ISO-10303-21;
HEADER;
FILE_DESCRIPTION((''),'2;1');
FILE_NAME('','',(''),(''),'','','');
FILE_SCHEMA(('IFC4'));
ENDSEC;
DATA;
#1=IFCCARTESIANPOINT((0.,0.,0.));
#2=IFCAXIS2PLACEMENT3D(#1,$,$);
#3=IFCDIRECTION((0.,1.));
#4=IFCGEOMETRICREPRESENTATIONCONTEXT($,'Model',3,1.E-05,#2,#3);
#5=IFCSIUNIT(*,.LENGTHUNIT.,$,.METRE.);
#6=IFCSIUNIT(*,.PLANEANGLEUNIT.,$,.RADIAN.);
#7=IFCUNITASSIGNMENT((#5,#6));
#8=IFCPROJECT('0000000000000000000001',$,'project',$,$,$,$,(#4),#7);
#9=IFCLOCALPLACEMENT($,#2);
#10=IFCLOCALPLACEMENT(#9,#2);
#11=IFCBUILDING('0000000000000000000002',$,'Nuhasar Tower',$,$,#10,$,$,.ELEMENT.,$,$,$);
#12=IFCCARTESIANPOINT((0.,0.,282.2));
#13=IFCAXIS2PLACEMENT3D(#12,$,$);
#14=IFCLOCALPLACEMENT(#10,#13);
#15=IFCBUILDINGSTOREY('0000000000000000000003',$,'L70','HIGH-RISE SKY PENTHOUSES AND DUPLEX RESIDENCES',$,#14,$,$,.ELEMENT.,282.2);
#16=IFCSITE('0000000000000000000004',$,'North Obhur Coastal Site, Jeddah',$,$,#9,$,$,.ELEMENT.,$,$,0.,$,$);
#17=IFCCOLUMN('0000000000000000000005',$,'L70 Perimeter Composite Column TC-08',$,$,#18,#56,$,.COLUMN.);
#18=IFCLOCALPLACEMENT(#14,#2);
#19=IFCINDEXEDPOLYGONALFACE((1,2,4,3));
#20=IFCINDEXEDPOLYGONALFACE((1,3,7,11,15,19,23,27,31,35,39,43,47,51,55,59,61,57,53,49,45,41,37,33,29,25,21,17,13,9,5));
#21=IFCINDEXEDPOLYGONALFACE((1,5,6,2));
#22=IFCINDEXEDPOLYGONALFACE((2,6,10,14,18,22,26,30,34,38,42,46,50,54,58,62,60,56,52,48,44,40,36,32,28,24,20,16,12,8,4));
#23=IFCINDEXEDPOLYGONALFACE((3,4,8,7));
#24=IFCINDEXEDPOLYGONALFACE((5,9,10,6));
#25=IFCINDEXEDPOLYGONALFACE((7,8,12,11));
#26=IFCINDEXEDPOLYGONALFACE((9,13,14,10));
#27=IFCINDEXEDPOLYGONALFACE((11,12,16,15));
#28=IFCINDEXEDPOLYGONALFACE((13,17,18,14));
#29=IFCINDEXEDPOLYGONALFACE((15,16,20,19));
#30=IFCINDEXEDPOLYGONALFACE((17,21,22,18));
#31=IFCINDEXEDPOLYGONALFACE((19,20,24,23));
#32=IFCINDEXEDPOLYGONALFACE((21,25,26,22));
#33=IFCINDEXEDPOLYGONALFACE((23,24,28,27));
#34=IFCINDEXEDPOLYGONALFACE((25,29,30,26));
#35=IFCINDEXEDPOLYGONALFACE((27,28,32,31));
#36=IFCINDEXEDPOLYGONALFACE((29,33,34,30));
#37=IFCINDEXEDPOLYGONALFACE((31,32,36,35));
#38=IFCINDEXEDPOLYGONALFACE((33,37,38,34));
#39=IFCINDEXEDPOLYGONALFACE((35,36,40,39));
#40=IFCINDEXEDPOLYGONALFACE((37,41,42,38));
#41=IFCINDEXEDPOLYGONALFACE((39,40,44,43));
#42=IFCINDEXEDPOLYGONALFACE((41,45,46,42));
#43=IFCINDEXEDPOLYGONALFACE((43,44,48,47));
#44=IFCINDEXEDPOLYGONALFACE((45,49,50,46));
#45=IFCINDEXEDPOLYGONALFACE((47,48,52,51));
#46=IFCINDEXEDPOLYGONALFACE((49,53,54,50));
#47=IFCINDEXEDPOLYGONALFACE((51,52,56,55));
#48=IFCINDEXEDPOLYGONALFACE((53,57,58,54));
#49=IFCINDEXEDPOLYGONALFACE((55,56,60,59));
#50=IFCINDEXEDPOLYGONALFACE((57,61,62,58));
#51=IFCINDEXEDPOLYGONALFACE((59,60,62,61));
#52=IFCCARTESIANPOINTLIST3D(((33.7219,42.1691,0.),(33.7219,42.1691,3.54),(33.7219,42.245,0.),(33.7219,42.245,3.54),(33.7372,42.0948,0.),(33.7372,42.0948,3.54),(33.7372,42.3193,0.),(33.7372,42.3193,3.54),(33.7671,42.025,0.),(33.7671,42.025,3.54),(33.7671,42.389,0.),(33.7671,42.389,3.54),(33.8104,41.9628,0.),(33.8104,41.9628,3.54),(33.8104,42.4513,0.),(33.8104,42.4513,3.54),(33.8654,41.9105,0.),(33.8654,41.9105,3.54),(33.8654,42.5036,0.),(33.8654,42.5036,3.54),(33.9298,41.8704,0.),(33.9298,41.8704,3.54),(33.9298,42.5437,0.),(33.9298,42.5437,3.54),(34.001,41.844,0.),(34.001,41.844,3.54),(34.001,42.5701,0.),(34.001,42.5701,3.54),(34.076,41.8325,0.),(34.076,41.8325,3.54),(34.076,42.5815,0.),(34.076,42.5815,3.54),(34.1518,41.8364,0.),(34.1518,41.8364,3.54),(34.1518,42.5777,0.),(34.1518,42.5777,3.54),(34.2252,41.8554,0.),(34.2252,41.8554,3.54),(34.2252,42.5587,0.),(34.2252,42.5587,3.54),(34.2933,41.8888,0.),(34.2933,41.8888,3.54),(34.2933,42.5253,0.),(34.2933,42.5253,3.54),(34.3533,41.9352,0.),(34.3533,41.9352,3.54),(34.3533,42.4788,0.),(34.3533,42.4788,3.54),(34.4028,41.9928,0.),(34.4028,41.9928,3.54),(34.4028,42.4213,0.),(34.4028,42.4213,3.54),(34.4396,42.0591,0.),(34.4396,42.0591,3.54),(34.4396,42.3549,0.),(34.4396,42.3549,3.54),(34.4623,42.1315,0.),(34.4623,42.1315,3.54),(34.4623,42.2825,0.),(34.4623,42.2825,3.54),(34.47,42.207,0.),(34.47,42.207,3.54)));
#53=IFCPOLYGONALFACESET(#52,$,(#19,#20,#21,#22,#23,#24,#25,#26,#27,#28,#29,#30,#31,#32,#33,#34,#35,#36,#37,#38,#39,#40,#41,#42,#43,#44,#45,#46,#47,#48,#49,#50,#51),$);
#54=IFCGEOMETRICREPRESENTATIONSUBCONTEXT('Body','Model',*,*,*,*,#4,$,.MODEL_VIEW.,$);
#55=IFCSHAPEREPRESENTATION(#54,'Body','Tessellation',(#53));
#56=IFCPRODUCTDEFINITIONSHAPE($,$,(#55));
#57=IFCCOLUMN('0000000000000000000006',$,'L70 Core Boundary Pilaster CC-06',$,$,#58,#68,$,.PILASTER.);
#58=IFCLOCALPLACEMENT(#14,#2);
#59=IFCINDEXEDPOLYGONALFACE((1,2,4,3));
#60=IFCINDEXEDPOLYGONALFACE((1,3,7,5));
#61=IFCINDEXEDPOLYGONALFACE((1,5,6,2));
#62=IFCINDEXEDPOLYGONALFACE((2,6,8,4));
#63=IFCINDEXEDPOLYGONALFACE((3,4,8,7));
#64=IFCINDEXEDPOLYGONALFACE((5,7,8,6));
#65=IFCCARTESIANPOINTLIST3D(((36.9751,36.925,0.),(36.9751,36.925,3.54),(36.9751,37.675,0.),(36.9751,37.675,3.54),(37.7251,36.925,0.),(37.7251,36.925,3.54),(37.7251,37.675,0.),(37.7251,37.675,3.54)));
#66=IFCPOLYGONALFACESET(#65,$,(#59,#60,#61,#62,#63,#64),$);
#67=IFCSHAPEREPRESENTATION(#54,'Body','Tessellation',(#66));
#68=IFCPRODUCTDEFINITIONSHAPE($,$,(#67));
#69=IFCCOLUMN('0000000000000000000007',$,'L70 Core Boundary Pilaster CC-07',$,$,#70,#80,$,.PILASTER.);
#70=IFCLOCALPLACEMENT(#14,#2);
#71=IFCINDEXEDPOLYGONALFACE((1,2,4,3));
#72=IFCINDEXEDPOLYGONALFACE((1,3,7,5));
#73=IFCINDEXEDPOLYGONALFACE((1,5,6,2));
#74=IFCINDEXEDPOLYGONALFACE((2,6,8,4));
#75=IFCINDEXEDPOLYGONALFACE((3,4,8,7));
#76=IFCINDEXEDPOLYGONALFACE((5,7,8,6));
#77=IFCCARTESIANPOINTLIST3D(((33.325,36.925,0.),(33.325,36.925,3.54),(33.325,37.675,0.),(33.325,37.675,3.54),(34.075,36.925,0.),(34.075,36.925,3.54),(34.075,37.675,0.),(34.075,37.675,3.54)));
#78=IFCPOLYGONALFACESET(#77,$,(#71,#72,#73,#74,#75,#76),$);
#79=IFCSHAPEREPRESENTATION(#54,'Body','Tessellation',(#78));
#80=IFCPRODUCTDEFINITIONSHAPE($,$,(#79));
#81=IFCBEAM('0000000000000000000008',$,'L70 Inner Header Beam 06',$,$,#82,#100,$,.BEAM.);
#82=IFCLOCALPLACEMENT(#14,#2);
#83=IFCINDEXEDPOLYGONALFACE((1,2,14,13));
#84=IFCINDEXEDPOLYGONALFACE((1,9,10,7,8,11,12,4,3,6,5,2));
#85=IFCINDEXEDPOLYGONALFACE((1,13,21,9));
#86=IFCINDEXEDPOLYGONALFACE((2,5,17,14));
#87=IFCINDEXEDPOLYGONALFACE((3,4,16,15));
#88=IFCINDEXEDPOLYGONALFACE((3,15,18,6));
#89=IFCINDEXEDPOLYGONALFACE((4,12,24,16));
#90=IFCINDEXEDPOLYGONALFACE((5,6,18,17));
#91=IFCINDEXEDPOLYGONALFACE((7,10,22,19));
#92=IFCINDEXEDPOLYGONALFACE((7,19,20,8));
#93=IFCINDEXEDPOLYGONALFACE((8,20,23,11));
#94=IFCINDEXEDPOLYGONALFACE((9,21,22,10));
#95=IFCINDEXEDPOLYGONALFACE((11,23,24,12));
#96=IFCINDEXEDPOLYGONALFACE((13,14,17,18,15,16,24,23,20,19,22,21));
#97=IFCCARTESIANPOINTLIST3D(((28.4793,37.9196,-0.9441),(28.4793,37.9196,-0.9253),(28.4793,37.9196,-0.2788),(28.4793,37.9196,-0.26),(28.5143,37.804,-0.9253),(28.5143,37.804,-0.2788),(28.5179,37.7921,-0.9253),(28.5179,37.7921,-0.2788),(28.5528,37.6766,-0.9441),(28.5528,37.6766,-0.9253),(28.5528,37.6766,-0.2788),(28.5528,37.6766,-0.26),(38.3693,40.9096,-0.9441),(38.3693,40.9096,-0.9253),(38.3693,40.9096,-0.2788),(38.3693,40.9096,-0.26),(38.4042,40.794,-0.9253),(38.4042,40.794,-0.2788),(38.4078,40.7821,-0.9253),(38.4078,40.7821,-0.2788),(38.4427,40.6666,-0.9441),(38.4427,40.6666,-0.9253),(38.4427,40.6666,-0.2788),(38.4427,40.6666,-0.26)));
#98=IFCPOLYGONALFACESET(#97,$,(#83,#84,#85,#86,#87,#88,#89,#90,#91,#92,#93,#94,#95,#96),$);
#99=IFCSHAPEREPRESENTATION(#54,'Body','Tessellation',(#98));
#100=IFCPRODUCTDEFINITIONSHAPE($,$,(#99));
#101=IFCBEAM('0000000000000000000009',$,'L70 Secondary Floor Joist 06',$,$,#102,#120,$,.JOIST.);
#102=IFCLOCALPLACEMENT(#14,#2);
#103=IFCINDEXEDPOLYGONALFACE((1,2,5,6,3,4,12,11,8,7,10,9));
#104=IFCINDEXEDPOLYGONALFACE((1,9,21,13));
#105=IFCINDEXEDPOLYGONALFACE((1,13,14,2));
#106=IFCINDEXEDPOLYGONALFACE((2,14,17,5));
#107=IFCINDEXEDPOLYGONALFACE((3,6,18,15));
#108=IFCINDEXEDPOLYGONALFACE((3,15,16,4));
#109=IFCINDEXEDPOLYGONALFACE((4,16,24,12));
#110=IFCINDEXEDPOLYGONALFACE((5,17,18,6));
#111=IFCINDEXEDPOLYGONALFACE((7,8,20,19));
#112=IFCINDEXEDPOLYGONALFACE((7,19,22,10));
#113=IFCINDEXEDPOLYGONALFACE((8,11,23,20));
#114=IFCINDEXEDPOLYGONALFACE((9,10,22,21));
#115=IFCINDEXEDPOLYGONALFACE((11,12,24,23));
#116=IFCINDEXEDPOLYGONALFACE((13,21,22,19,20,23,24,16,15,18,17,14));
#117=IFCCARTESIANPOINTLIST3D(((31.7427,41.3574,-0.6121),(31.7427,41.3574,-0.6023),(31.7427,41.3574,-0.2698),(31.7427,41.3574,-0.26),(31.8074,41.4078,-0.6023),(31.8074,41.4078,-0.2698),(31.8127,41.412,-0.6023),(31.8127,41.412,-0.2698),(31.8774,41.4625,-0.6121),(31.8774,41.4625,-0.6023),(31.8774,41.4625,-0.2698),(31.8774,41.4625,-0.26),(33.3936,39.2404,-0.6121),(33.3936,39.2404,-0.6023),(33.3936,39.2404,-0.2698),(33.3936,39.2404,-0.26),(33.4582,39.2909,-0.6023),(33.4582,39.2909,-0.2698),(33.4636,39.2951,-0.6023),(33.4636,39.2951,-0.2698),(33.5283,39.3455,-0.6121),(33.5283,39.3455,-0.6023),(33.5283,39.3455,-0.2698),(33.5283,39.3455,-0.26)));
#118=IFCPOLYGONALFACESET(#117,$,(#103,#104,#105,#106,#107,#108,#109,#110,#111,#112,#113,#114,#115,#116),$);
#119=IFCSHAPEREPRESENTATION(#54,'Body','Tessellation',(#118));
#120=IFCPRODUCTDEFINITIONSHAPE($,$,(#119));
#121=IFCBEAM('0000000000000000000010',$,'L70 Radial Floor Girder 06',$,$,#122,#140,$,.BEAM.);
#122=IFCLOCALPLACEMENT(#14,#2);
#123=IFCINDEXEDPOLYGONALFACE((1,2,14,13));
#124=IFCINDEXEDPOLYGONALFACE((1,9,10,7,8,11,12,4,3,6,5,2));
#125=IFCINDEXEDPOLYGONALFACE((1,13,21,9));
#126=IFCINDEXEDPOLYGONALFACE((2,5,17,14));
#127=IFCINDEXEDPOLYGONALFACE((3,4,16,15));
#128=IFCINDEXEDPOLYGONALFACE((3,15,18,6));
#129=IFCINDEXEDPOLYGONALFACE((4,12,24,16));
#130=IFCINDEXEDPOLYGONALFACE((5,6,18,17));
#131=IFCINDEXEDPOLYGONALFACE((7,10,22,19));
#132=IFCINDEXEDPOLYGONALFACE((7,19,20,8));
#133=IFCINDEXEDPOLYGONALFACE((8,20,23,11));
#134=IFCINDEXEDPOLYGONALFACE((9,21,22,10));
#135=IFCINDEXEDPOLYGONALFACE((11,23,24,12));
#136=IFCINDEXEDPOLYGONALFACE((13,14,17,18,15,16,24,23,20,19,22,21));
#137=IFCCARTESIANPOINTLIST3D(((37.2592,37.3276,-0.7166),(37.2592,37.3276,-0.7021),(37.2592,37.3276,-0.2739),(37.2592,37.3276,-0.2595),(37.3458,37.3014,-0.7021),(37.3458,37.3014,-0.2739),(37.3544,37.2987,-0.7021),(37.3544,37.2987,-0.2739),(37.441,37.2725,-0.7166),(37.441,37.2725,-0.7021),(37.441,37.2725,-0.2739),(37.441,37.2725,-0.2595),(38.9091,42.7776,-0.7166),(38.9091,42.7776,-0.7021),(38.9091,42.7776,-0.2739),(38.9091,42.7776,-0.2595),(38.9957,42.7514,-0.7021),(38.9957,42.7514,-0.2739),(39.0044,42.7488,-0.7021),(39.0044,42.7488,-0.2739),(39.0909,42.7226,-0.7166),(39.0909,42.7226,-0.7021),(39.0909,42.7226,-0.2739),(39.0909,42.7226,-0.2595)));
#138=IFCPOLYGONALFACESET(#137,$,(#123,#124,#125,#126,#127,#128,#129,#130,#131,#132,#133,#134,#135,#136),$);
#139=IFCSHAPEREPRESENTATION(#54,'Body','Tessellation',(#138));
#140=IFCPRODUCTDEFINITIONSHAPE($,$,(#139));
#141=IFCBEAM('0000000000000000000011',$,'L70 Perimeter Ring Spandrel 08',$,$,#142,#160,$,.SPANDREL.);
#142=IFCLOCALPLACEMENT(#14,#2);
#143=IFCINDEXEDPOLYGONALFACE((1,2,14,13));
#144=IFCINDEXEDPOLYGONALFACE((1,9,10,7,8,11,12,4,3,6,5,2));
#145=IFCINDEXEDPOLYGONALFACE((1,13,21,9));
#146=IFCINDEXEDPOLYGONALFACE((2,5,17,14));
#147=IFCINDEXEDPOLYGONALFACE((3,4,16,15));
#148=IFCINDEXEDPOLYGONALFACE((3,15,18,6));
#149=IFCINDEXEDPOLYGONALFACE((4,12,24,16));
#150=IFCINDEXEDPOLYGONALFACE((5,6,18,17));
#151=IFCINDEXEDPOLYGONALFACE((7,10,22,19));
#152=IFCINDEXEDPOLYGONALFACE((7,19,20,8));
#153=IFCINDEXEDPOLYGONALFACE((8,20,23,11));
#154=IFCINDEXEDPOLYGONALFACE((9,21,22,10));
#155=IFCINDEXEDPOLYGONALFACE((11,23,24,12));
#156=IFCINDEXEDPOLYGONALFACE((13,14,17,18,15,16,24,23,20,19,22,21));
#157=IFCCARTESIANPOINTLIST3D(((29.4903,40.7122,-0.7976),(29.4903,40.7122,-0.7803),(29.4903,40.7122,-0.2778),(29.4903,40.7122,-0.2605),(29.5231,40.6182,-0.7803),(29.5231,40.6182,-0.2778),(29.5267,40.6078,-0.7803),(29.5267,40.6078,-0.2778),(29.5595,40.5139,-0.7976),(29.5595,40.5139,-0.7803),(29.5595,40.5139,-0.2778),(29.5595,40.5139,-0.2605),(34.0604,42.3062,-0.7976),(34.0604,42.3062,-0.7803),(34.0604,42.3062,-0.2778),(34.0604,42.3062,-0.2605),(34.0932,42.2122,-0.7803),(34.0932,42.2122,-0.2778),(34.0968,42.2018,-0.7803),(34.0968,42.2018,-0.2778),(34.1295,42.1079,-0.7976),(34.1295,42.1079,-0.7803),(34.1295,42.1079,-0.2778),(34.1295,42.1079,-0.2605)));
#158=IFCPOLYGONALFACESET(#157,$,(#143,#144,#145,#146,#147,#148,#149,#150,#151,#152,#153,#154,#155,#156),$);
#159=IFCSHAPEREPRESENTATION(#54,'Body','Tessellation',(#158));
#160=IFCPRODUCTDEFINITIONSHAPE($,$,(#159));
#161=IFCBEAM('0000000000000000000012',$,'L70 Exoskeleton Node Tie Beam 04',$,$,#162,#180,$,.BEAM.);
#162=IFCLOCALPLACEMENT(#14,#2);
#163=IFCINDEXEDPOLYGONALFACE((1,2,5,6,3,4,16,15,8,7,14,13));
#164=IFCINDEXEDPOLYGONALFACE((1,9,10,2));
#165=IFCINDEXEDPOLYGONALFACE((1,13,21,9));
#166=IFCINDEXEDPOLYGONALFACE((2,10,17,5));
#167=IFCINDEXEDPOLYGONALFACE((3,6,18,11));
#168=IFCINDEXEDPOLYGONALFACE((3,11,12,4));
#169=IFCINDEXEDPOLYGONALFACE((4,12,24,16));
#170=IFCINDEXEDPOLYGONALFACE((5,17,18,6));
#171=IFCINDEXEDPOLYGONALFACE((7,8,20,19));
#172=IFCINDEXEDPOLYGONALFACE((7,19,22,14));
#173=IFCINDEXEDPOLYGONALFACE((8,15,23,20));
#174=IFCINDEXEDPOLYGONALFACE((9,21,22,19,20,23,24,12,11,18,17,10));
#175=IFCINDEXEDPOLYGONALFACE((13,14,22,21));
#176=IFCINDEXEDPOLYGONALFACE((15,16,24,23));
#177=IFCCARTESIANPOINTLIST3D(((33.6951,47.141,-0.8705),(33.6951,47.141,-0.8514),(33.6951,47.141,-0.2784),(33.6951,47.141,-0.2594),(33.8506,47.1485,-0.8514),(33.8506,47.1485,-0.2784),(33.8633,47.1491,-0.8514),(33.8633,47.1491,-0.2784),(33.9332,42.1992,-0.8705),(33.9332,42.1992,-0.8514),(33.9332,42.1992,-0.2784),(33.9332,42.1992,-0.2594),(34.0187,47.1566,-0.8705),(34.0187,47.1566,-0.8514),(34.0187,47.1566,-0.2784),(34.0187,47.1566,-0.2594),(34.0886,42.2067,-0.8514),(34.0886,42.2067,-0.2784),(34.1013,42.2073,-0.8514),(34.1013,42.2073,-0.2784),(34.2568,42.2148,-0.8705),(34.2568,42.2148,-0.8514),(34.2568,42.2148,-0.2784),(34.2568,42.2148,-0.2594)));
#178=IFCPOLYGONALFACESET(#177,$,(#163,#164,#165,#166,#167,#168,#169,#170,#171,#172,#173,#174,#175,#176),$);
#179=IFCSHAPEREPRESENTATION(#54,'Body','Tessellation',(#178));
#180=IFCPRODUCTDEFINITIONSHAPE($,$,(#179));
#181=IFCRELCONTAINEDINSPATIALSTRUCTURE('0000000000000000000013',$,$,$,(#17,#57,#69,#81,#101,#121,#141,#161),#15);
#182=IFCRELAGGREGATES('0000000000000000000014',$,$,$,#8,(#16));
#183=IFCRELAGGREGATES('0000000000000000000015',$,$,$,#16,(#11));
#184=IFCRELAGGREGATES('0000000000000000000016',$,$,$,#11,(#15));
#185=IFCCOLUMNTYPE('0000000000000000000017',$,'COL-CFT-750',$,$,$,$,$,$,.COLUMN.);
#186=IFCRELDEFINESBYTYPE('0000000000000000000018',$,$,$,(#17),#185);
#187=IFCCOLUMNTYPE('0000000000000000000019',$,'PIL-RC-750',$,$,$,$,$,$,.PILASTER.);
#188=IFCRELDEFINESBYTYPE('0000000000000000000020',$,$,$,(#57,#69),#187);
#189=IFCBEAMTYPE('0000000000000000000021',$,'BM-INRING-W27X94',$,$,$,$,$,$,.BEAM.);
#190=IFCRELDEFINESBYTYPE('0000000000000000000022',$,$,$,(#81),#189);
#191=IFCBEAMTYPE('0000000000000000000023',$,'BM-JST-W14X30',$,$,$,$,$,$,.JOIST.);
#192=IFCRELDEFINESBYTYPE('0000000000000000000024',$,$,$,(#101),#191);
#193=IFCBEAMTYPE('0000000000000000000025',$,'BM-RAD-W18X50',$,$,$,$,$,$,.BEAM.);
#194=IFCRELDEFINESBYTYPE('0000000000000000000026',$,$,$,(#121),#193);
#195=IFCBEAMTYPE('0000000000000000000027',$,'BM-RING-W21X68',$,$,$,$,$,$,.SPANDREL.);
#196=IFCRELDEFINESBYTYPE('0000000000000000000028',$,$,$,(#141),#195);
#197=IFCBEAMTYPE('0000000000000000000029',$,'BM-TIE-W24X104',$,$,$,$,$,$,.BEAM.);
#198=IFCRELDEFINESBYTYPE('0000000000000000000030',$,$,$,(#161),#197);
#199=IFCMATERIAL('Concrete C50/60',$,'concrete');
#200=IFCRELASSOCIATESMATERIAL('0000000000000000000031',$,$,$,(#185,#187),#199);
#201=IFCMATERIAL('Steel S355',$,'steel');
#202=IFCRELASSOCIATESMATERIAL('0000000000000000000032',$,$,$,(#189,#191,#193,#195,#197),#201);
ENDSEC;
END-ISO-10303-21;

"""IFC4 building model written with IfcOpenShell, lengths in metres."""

from ifc_helpers import new_model, si_unit, direction, frame, origin, origin_2d, place, context, subcontext, project, spatial, rectangle, circle, i_section, extrude, material, material_profile, profile_set, type_object, element, save


model = new_model("IFC4")

# Units and contexts
model_context = context("Model", 3, precision=1e-05, world=origin(), true_north=direction((0.0, 1.0)))
body_context = subcontext(model_context, "Body", "Model", "MODEL_VIEW")
ifc_project = project(units=[si_unit("LENGTHUNIT", "METRE"), si_unit("PLANEANGLEUNIT", "RADIAN")], contexts=[model_context])

# Site, building, storey
site_placement = place(None, origin())
site = spatial("IfcSite", under=ifc_project, at=site_placement, Name="North Obhur Coastal Site, Jeddah", CompositionType="ELEMENT", RefElevation=0.0)
building_placement = place(site_placement, origin())
building = spatial("IfcBuilding", under=site, at=building_placement, Name="Nuhasar Tower", CompositionType="ELEMENT")
storey_placement = place(building_placement, frame((0.0, 0.0, 282.2)))
storey = spatial("IfcBuildingStorey", under=building, at=storey_placement, Name="L70", Description="HIGH-RISE SKY PENTHOUSES AND DUPLEX RESIDENCES", CompositionType="ELEMENT", Elevation=282.2)

# Columns
ifc_material_1 = material(Name="Concrete C50/60", Category="concrete")
ifc_material_profile_1 = material_profile(ifc_material_1, circle(Radius=0.375, at=origin_2d()), Name="CFT750")
ifc_profile_set_1 = profile_set([ifc_material_profile_1], Name="Concrete C50/60")
column_type_1 = type_object("IfcColumnType", Name="COL-CFT-750", PredefinedType="COLUMN", material=ifc_profile_set_1)
column_placement = place(storey_placement, frame((34.095, 42.207, 0.0), z_axis=(0.0, 0.0, 1.0), x_axis=(1.0, 0.0, 0.0)))
element("IfcColumn", 1, at=column_placement, inside=storey, type_object=column_type_1, Name="L70 Perimeter Composite Column TC-08", PredefinedType="COLUMN", context=body_context, shape_type="SweptSolid", body=[
    extrude(circle(Radius=0.375, at=origin_2d()), origin(), (0.0, 0.0, 1.0), 3.54),
])
ifc_material_profile_2 = material_profile(ifc_material_1, rectangle(XDim=0.75, YDim=0.75, at=origin_2d()), Name="RC750X750")
ifc_profile_set_2 = profile_set([ifc_material_profile_2], Name="Concrete C50/60")
column_type_2 = type_object("IfcColumnType", Name="PIL-RC-750", PredefinedType="PILASTER", material=ifc_profile_set_2)
for number, where, z_axis, x_axis, name in (
    (2, (37.3501, 37.3, 0.0), (0.0, 0.0, 1.0), (1.0, 0.0, 0.0), "L70 Core Boundary Pilaster CC-06"),
    (3, (33.7, 37.3, 0.0), (0.0, 0.0, 1.0), (1.0, 0.0, 0.0), "L70 Core Boundary Pilaster CC-07"),
):
    element("IfcColumn", number, at=place(storey_placement, frame(where, z_axis=z_axis, x_axis=x_axis)), inside=storey, type_object=column_type_2, Name=name, PredefinedType="PILASTER", context=body_context, shape_type="SweptSolid", body=[
        extrude(rectangle(XDim=0.75, YDim=0.75, at=origin_2d()), origin(), (0.0, 0.0, 1.0), 3.54),
    ])

# Beams
ifc_material_2 = material(Name="Steel S355", Category="steel")
ifc_material_profile_3 = material_profile(ifc_material_2, i_section(OverallWidth=0.2539, OverallDepth=0.6841, WebThickness=0.0125, FlangeThickness=0.0188, at=origin_2d()), Name="W27X94")
ifc_profile_set_3 = profile_set([ifc_material_profile_3], Name="Steel S355")
beam_type_1 = type_object("IfcBeamType", Name="BM-INRING-W27X94", PredefinedType="BEAM", material=ifc_profile_set_3)
beam_1_placement = place(storey_placement, frame((38.406, 40.7881, -0.6021), z_axis=(-0.957211, -0.289392, 0.0), x_axis=(0.289392, -0.957211, 0.0)))
element("IfcBeam", 4, at=beam_1_placement, inside=storey, type_object=beam_type_1, Name="L70 Inner Header Beam 06", PredefinedType="BEAM", context=body_context, shape_type="SweptSolid", body=[
    extrude(i_section(OverallWidth=0.2539, OverallDepth=0.6841, WebThickness=0.0125, FlangeThickness=0.0188, at=origin_2d()), origin(), (0.0, 0.0, 1.0), 10.332),
])
ifc_material_profile_4 = material_profile(ifc_material_2, i_section(OverallWidth=0.1709, OverallDepth=0.3521, WebThickness=0.0068, FlangeThickness=0.0098, at=origin_2d()), Name="W14X30")
ifc_profile_set_4 = profile_set([ifc_material_profile_4], Name="Steel S355")
beam_type_2 = type_object("IfcBeamType", Name="BM-JST-W14X30", PredefinedType="JOIST", material=ifc_profile_set_4)
beam_2_placement = place(storey_placement, frame((33.4609, 39.293, -0.436), z_axis=(-0.614954, 0.788563, 0.0), x_axis=(-0.788563, -0.614954, 0.0)))
element("IfcBeam", 5, at=beam_2_placement, inside=storey, type_object=beam_type_2, Name="L70 Secondary Floor Joist 06", PredefinedType="JOIST", context=body_context, shape_type="SweptSolid", body=[
    extrude(i_section(OverallWidth=0.1709, OverallDepth=0.3521, WebThickness=0.0068, FlangeThickness=0.0098, at=origin_2d()), origin(), (0.0, 0.0, 1.0), 2.6846),
])
ifc_material_profile_5 = material_profile(ifc_material_2, i_section(OverallWidth=0.1899, OverallDepth=0.457, WebThickness=0.009, FlangeThickness=0.0144, at=origin_2d()), Name="W18X50")
ifc_profile_set_5 = profile_set([ifc_material_profile_5], Name="Steel S355")
beam_type_3 = type_object("IfcBeamType", Name="BM-RAD-W18X50", PredefinedType="BEAM", material=ifc_profile_set_5)
beam_3_placement = place(storey_placement, frame((37.3501, 37.3, -0.488), z_axis=(0.28975, 0.957102, 0.0), x_axis=(-0.957102, 0.28975, 0.0)))
element("IfcBeam", 6, at=beam_3_placement, inside=storey, type_object=beam_type_3, Name="L70 Radial Floor Girder 06", PredefinedType="BEAM", context=body_context, shape_type="SweptSolid", body=[
    extrude(i_section(OverallWidth=0.1899, OverallDepth=0.457, WebThickness=0.009, FlangeThickness=0.0144, at=origin_2d()), origin(), (0.0, 0.0, 1.0), 5.6943),
])
ifc_material_profile_6 = material_profile(ifc_material_2, i_section(OverallWidth=0.21, OverallDepth=0.5371, WebThickness=0.011, FlangeThickness=0.0173, at=origin_2d()), Name="W21X68")
ifc_profile_set_6 = profile_set([ifc_material_profile_6], Name="Steel S355")
beam_type_4 = type_object("IfcBeamType", Name="BM-RING-W21X68", PredefinedType="SPANDREL", material=ifc_profile_set_6)
beam_4_placement = place(storey_placement, frame((34.095, 42.207, -0.5291), z_axis=(-0.944214, -0.329332, 0.0), x_axis=(0.329332, -0.944214, 0.0)))
element("IfcBeam", 7, at=beam_4_placement, inside=storey, type_object=beam_type_4, Name="L70 Perimeter Ring Spandrel 08", PredefinedType="SPANDREL", context=body_context, shape_type="SweptSolid", body=[
    extrude(i_section(OverallWidth=0.21, OverallDepth=0.5371, WebThickness=0.011, FlangeThickness=0.0173, at=origin_2d()), origin(), (0.0, 0.0, 1.0), 4.8401),
])
ifc_material_profile_7 = material_profile(ifc_material_2, i_section(OverallWidth=0.324, OverallDepth=0.6111, WebThickness=0.0127, FlangeThickness=0.019, at=origin_2d()), Name="W24X104")
ifc_profile_set_7 = profile_set([ifc_material_profile_7], Name="Steel S355")
beam_type_5 = type_object("IfcBeamType", Name="BM-TIE-W24X104", PredefinedType="BEAM", material=ifc_profile_set_7)
beam_5_placement = place(storey_placement, frame((34.095, 42.207, -0.5649), z_axis=(-0.048111, 0.998842, 0.0), x_axis=(-0.998842, -0.048111, 0.0)))
element("IfcBeam", 8, at=beam_5_placement, inside=storey, type_object=beam_type_5, Name="L70 Exoskeleton Node Tie Beam 04", PredefinedType="BEAM", context=body_context, shape_type="SweptSolid", body=[
    extrude(i_section(OverallWidth=0.324, OverallDepth=0.6111, WebThickness=0.0127, FlangeThickness=0.019, at=origin_2d()), origin(), (0.0, 0.0, 1.0), 4.9475),
])

save(model, "model.ifc")
